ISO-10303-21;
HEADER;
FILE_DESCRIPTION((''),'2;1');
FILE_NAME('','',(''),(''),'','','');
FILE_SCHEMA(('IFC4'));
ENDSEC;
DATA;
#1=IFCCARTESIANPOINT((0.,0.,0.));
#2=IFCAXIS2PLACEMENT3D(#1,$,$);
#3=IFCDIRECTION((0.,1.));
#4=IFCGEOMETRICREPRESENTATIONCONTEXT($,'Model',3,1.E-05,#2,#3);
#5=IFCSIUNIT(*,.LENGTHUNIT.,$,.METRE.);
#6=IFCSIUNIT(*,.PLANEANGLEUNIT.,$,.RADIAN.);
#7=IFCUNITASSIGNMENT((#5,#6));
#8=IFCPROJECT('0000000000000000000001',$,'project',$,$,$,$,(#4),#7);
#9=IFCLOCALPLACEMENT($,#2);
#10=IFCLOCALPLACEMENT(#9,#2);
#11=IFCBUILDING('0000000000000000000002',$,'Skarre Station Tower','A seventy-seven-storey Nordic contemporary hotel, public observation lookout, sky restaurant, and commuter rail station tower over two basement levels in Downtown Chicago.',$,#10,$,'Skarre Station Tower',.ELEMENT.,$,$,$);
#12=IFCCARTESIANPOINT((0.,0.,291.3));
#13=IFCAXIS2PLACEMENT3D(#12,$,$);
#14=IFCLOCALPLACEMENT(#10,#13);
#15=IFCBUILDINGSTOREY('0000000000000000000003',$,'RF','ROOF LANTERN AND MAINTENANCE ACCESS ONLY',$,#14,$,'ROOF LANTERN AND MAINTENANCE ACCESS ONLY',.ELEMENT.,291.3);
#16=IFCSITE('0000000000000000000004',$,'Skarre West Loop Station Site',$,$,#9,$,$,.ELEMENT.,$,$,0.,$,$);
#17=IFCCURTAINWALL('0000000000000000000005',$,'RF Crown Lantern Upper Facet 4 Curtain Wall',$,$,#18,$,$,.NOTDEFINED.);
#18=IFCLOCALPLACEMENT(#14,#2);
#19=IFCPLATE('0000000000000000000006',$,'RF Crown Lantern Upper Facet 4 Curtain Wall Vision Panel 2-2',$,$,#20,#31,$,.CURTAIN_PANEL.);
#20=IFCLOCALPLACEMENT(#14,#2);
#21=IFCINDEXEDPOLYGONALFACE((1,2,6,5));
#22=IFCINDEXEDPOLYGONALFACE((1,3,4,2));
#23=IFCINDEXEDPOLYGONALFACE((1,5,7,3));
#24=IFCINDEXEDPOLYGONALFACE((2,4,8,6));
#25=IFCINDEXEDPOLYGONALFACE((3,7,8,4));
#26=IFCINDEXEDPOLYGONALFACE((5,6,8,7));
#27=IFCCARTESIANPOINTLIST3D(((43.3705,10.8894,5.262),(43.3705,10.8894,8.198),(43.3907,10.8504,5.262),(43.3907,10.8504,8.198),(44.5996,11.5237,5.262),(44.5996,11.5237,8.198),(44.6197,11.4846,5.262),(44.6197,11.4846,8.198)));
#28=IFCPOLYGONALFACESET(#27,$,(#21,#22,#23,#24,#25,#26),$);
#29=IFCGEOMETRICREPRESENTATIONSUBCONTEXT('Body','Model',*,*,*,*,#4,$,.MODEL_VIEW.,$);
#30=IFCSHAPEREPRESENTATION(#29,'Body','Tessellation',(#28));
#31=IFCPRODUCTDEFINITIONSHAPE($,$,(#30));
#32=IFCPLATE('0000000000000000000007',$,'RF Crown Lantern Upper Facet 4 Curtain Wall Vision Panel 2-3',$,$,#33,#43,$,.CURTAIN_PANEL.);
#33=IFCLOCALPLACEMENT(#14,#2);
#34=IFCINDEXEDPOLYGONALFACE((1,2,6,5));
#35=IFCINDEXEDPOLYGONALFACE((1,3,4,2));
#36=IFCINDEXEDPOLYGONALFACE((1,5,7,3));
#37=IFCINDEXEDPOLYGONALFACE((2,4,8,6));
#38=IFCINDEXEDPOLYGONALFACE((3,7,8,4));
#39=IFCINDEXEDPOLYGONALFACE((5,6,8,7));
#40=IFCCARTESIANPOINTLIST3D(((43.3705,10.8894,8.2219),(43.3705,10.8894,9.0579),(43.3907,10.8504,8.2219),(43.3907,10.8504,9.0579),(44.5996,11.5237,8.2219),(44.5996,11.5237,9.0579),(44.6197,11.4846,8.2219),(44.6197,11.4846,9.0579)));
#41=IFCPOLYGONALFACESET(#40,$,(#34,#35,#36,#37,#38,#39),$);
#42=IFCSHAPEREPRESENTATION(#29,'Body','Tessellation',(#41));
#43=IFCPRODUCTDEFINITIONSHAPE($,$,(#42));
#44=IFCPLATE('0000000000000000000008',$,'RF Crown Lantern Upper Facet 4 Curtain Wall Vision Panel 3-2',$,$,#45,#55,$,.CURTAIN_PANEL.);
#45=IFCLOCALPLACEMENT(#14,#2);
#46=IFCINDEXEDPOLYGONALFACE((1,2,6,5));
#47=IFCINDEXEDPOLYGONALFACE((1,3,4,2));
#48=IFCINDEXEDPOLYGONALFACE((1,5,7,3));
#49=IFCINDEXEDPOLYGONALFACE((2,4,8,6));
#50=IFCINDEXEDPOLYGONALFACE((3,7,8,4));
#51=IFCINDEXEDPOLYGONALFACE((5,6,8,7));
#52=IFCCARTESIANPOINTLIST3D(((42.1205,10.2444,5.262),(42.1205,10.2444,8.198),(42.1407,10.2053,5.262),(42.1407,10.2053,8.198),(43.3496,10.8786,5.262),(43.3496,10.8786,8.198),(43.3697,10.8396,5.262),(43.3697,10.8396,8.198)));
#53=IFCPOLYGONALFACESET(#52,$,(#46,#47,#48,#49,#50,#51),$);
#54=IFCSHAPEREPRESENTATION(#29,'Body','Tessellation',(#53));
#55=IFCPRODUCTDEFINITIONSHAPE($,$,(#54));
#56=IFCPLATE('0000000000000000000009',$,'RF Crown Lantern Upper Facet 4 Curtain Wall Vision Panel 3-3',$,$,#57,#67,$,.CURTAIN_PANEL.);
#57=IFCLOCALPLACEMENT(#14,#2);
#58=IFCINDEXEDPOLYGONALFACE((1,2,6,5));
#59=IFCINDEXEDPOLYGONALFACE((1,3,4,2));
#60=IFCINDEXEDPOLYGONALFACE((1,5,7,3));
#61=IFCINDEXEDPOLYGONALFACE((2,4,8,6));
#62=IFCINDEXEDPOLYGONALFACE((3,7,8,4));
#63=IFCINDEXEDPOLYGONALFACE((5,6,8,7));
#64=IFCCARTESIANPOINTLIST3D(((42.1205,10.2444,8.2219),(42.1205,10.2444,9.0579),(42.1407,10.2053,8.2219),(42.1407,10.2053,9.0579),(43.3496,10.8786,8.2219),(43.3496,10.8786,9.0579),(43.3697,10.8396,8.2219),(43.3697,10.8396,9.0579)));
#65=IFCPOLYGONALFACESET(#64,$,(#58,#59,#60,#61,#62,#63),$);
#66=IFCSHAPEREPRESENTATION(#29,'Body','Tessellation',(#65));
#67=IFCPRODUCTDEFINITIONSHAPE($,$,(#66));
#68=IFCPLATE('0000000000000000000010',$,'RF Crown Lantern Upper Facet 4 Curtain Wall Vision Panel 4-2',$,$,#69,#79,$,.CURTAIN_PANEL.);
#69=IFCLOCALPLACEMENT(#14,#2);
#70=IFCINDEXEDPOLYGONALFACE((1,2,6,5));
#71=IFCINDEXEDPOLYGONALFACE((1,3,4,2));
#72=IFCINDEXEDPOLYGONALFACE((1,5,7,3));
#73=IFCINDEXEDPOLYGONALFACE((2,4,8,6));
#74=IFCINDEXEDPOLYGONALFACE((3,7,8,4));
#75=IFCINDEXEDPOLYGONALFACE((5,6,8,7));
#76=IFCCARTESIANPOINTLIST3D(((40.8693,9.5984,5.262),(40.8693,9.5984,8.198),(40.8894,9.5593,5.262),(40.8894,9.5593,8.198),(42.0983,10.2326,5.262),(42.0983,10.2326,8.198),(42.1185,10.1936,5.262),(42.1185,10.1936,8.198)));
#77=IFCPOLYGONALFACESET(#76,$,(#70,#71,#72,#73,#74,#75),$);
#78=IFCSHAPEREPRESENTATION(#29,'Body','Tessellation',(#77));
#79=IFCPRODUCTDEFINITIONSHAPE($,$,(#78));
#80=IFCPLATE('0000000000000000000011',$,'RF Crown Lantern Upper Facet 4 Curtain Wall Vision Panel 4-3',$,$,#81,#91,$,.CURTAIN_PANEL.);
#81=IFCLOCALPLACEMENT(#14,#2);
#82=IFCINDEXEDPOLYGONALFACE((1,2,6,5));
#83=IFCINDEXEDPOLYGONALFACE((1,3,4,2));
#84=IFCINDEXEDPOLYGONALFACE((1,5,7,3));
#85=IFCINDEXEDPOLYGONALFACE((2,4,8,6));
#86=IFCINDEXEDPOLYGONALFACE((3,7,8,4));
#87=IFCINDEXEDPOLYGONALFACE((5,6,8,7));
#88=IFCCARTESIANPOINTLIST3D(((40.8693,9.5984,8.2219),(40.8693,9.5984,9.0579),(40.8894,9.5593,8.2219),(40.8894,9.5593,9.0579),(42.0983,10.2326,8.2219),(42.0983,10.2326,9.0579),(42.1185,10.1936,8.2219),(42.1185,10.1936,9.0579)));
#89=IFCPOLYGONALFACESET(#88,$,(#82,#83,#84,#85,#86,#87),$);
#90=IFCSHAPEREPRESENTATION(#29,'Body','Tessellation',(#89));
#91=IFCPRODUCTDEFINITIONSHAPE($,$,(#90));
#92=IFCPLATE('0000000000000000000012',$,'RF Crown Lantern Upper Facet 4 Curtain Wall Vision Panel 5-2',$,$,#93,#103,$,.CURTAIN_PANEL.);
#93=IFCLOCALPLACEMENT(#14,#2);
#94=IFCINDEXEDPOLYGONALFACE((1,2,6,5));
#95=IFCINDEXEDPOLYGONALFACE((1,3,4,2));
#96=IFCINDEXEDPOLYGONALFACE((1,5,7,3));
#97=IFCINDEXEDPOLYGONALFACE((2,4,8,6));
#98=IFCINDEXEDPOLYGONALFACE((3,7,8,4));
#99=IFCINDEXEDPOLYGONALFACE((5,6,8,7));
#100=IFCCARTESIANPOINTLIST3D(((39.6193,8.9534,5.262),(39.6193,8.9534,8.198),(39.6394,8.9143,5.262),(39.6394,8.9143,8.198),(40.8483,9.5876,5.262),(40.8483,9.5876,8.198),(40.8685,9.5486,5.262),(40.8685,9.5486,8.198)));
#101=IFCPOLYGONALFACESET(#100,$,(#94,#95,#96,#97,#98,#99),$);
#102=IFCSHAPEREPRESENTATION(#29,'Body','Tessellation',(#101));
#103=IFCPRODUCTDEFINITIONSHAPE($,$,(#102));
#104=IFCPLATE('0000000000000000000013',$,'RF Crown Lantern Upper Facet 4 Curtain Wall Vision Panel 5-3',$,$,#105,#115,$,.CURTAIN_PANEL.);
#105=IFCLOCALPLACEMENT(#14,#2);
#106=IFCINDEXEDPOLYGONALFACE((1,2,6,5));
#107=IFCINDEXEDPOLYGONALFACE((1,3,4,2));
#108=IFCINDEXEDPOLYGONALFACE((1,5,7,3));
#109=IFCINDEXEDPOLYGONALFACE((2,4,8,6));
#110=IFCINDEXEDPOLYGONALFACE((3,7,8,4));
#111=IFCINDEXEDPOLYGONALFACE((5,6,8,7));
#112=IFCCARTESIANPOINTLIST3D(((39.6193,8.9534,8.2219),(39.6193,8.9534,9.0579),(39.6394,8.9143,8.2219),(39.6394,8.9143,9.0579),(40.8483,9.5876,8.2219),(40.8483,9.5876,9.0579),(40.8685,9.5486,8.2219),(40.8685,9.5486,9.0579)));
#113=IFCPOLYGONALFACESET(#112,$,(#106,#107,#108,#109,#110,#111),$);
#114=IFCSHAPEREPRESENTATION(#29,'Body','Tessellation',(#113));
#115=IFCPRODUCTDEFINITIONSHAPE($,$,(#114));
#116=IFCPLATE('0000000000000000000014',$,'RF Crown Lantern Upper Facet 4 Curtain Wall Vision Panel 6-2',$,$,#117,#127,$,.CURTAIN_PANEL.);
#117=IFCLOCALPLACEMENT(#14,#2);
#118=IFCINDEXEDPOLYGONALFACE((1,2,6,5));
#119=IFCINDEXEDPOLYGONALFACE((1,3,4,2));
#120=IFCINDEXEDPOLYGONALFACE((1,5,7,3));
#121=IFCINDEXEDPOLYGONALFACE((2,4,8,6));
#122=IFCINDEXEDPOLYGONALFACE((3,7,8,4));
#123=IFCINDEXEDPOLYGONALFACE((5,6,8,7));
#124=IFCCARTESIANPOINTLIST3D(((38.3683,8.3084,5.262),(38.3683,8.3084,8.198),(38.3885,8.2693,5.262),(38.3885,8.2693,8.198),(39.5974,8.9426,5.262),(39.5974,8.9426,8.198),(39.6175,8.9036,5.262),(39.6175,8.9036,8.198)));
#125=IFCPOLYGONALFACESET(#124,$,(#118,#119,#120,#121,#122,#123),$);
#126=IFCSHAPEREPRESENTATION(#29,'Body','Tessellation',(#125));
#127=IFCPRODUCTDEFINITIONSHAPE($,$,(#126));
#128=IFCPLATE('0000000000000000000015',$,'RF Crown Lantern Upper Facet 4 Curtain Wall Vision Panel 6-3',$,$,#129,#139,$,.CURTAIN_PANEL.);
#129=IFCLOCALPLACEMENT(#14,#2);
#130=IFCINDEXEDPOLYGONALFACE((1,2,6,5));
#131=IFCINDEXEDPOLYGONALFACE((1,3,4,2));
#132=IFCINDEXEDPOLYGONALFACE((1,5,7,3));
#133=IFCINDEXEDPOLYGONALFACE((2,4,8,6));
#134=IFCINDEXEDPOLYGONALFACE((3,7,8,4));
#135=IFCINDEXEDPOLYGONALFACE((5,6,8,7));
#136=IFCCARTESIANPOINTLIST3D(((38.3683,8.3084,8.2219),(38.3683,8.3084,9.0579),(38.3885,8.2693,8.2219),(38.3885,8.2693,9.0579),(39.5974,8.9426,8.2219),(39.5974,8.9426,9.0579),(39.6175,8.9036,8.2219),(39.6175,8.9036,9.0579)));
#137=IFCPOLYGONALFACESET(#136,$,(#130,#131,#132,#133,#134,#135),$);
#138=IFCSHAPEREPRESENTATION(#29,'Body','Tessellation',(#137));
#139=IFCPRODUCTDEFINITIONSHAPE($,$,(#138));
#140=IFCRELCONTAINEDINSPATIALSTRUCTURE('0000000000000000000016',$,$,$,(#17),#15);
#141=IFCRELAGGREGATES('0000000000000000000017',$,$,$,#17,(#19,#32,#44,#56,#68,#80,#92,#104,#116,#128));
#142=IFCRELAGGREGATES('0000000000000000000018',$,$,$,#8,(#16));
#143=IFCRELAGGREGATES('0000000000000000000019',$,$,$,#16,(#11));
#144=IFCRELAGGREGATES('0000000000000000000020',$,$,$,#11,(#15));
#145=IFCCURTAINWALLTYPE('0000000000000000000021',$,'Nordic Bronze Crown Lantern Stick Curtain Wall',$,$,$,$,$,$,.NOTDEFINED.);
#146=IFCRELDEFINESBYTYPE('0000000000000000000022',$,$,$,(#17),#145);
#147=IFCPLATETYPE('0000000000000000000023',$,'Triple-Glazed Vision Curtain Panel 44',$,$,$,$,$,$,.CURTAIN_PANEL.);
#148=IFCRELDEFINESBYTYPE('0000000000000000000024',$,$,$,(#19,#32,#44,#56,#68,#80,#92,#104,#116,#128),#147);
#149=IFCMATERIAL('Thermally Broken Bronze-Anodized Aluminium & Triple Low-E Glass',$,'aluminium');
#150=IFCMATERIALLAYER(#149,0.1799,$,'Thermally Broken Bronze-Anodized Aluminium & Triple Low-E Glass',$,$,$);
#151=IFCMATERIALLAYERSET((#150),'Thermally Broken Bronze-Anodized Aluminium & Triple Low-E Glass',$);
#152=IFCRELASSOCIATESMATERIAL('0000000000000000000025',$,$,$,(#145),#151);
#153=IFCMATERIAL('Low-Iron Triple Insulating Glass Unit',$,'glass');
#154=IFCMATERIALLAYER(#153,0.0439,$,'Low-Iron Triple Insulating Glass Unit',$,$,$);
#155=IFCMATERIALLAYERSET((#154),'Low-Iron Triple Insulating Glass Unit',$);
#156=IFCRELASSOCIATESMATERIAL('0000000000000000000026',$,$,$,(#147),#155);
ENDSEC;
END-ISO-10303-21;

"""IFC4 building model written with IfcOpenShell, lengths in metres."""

from ifc_helpers import new_model, si_unit, direction, frame, origin, origin_2d, place, context, subcontext, project, spatial, rectangle, extrude, material, layer, layer_set, type_object, element, aggregate, save


model = new_model("IFC4")

# Units and contexts
model_context = context("Model", 3, precision=1e-05, world=origin(), true_north=direction((0.0, 1.0)))
body_context = subcontext(model_context, "Body", "Model", "MODEL_VIEW")
ifc_project = project(units=[si_unit("LENGTHUNIT", "METRE"), si_unit("PLANEANGLEUNIT", "RADIAN")], contexts=[model_context])

# Site, building, storey
site_placement = place(None, origin())
site = spatial("IfcSite", under=ifc_project, at=site_placement, Name="Skarre West Loop Station Site", CompositionType="ELEMENT", RefElevation=0.0)
building_placement = place(site_placement, origin())
building = spatial("IfcBuilding", under=site, at=building_placement, Name="Skarre Station Tower", Description="A seventy-seven-storey Nordic contemporary hotel, public observation lookout, sky restaurant, and commuter rail station tower over two basement levels in Downtown Chicago.", LongName="Skarre Station Tower", CompositionType="ELEMENT")
storey_placement = place(building_placement, frame((0.0, 0.0, 291.3)))
storey = spatial("IfcBuildingStorey", under=building, at=storey_placement, Name="RF", Description="ROOF LANTERN AND MAINTENANCE ACCESS ONLY", LongName="ROOF LANTERN AND MAINTENANCE ACCESS ONLY", CompositionType="ELEMENT", Elevation=291.3)

# Curtain wall
ifc_material_1 = material(Name="Thermally Broken Bronze-Anodized Aluminium & Triple Low-E Glass", Category="aluminium")
ifc_layer_1 = layer(ifc_material_1, 0.1799, Name="Thermally Broken Bronze-Anodized Aluminium & Triple Low-E Glass")
ifc_layer_set_1 = layer_set([ifc_layer_1], Name="Thermally Broken Bronze-Anodized Aluminium & Triple Low-E Glass")
curtain_wall_type = type_object("IfcCurtainWallType", Name="Nordic Bronze Crown Lantern Stick Curtain Wall", PredefinedType="NOTDEFINED", material=ifc_layer_set_1)
curtain_wall_1_placement = place(storey_placement, origin())
curtain_wall_1 = element("IfcCurtainWall", 1, at=curtain_wall_1_placement, inside=storey, type_object=curtain_wall_type, Name="RF Crown Lantern Upper Facet 4 Curtain Wall", PredefinedType="NOTDEFINED")

# Shared definitions
ifc_material_2 = material(Name="Low-Iron Triple Insulating Glass Unit", Category="glass")
ifc_layer_2 = layer(ifc_material_2, 0.0439, Name="Low-Iron Triple Insulating Glass Unit")
ifc_layer_set_2 = layer_set([ifc_layer_2], Name="Low-Iron Triple Insulating Glass Unit")
plate_type_1 = type_object("IfcPlateType", Name="Triple-Glazed Vision Curtain Panel 44", PredefinedType="CURTAIN_PANEL", material=ifc_layer_set_2)

# Plates
plate_1_placement = place(storey_placement, frame((43.9951, 11.187, 5.262), z_axis=(0.0, 0.0, 1.0), x_axis=(-0.888649, -0.458588, 0.0)))
plate_1 = element("IfcPlate", 2, at=plate_1_placement, type_object=plate_type_1, Name="RF Crown Lantern Upper Facet 4 Curtain Wall Vision Panel 2-2", PredefinedType="CURTAIN_PANEL", context=body_context, shape_type="SweptSolid", body=[
    extrude(rectangle(XDim=1.3831, YDim=0.0439, at=origin_2d()), origin(), (0.0, 0.0, 1.0), 2.936),
])
plate_2_placement = place(storey_placement, frame((43.9951, 11.187, 8.2219), z_axis=(0.0, 0.0, 1.0), x_axis=(-0.888649, -0.458588, 0.0)))
plate_2 = element("IfcPlate", 3, at=plate_2_placement, type_object=plate_type_1, Name="RF Crown Lantern Upper Facet 4 Curtain Wall Vision Panel 2-3", PredefinedType="CURTAIN_PANEL", context=body_context, shape_type="SweptSolid", body=[
    extrude(rectangle(XDim=1.3831, YDim=0.0439, at=origin_2d()), origin(), (0.0, 0.0, 1.0), 0.8359),
])
plate_3_placement = place(storey_placement, frame((42.7451, 10.542, 5.262), z_axis=(0.0, 0.0, 1.0), x_axis=(-0.888649, -0.458588, 0.0)))
plate_3 = element("IfcPlate", 4, at=plate_3_placement, type_object=plate_type_1, Name="RF Crown Lantern Upper Facet 4 Curtain Wall Vision Panel 3-2", PredefinedType="CURTAIN_PANEL", context=body_context, shape_type="SweptSolid", body=[
    extrude(rectangle(XDim=1.3831, YDim=0.0439, at=origin_2d()), origin(), (0.0, 0.0, 1.0), 2.936),
])
plate_4_placement = place(storey_placement, frame((42.7451, 10.542, 8.2219), z_axis=(0.0, 0.0, 1.0), x_axis=(-0.888649, -0.458588, 0.0)))
plate_4 = element("IfcPlate", 5, at=plate_4_placement, type_object=plate_type_1, Name="RF Crown Lantern Upper Facet 4 Curtain Wall Vision Panel 3-3", PredefinedType="CURTAIN_PANEL", context=body_context, shape_type="SweptSolid", body=[
    extrude(rectangle(XDim=1.3831, YDim=0.0439, at=origin_2d()), origin(), (0.0, 0.0, 1.0), 0.8359),
])
plate_5_placement = place(storey_placement, frame((41.4939, 9.896, 5.262), z_axis=(0.0, 0.0, 1.0), x_axis=(-0.888649, -0.458588, 0.0)))
plate_5 = element("IfcPlate", 6, at=plate_5_placement, type_object=plate_type_1, Name="RF Crown Lantern Upper Facet 4 Curtain Wall Vision Panel 4-2", PredefinedType="CURTAIN_PANEL", context=body_context, shape_type="SweptSolid", body=[
    extrude(rectangle(XDim=1.3831, YDim=0.0439, at=origin_2d()), origin(), (0.0, 0.0, 1.0), 2.936),
])
plate_6_placement = place(storey_placement, frame((41.4939, 9.896, 8.2219), z_axis=(0.0, 0.0, 1.0), x_axis=(-0.888649, -0.458588, 0.0)))
plate_6 = element("IfcPlate", 7, at=plate_6_placement, type_object=plate_type_1, Name="RF Crown Lantern Upper Facet 4 Curtain Wall Vision Panel 4-3", PredefinedType="CURTAIN_PANEL", context=body_context, shape_type="SweptSolid", body=[
    extrude(rectangle(XDim=1.3831, YDim=0.0439, at=origin_2d()), origin(), (0.0, 0.0, 1.0), 0.8359),
])
plate_7_placement = place(storey_placement, frame((40.2439, 9.251, 5.262), z_axis=(0.0, 0.0, 1.0), x_axis=(-0.888649, -0.458588, 0.0)))
plate_7 = element("IfcPlate", 8, at=plate_7_placement, type_object=plate_type_1, Name="RF Crown Lantern Upper Facet 4 Curtain Wall Vision Panel 5-2", PredefinedType="CURTAIN_PANEL", context=body_context, shape_type="SweptSolid", body=[
    extrude(rectangle(XDim=1.3831, YDim=0.0439, at=origin_2d()), origin(), (0.0, 0.0, 1.0), 2.936),
])
plate_8_placement = place(storey_placement, frame((40.2439, 9.251, 8.2219), z_axis=(0.0, 0.0, 1.0), x_axis=(-0.888649, -0.458588, 0.0)))
plate_8 = element("IfcPlate", 9, at=plate_8_placement, type_object=plate_type_1, Name="RF Crown Lantern Upper Facet 4 Curtain Wall Vision Panel 5-3", PredefinedType="CURTAIN_PANEL", context=body_context, shape_type="SweptSolid", body=[
    extrude(rectangle(XDim=1.3831, YDim=0.0439, at=origin_2d()), origin(), (0.0, 0.0, 1.0), 0.8359),
])
plate_9_placement = place(storey_placement, frame((38.9929, 8.606, 5.262), z_axis=(0.0, 0.0, 1.0), x_axis=(-0.888649, -0.458588, 0.0)))
plate_9 = element("IfcPlate", 10, at=plate_9_placement, type_object=plate_type_1, Name="RF Crown Lantern Upper Facet 4 Curtain Wall Vision Panel 6-2", PredefinedType="CURTAIN_PANEL", context=body_context, shape_type="SweptSolid", body=[
    extrude(rectangle(XDim=1.3831, YDim=0.0439, at=origin_2d()), origin(), (0.0, 0.0, 1.0), 2.936),
])
plate_10_placement = place(storey_placement, frame((38.9929, 8.606, 8.2219), z_axis=(0.0, 0.0, 1.0), x_axis=(-0.888649, -0.458588, 0.0)))
plate_10 = element("IfcPlate", 11, at=plate_10_placement, type_object=plate_type_1, Name="RF Crown Lantern Upper Facet 4 Curtain Wall Vision Panel 6-3", PredefinedType="CURTAIN_PANEL", context=body_context, shape_type="SweptSolid", body=[
    extrude(rectangle(XDim=1.3831, YDim=0.0439, at=origin_2d()), origin(), (0.0, 0.0, 1.0), 0.8359),
])
aggregate(curtain_wall_1, [plate_1, plate_2, plate_3, plate_4, plate_5, plate_6, plate_7, plate_8, plate_9, plate_10])

save(model, "model.ifc")
